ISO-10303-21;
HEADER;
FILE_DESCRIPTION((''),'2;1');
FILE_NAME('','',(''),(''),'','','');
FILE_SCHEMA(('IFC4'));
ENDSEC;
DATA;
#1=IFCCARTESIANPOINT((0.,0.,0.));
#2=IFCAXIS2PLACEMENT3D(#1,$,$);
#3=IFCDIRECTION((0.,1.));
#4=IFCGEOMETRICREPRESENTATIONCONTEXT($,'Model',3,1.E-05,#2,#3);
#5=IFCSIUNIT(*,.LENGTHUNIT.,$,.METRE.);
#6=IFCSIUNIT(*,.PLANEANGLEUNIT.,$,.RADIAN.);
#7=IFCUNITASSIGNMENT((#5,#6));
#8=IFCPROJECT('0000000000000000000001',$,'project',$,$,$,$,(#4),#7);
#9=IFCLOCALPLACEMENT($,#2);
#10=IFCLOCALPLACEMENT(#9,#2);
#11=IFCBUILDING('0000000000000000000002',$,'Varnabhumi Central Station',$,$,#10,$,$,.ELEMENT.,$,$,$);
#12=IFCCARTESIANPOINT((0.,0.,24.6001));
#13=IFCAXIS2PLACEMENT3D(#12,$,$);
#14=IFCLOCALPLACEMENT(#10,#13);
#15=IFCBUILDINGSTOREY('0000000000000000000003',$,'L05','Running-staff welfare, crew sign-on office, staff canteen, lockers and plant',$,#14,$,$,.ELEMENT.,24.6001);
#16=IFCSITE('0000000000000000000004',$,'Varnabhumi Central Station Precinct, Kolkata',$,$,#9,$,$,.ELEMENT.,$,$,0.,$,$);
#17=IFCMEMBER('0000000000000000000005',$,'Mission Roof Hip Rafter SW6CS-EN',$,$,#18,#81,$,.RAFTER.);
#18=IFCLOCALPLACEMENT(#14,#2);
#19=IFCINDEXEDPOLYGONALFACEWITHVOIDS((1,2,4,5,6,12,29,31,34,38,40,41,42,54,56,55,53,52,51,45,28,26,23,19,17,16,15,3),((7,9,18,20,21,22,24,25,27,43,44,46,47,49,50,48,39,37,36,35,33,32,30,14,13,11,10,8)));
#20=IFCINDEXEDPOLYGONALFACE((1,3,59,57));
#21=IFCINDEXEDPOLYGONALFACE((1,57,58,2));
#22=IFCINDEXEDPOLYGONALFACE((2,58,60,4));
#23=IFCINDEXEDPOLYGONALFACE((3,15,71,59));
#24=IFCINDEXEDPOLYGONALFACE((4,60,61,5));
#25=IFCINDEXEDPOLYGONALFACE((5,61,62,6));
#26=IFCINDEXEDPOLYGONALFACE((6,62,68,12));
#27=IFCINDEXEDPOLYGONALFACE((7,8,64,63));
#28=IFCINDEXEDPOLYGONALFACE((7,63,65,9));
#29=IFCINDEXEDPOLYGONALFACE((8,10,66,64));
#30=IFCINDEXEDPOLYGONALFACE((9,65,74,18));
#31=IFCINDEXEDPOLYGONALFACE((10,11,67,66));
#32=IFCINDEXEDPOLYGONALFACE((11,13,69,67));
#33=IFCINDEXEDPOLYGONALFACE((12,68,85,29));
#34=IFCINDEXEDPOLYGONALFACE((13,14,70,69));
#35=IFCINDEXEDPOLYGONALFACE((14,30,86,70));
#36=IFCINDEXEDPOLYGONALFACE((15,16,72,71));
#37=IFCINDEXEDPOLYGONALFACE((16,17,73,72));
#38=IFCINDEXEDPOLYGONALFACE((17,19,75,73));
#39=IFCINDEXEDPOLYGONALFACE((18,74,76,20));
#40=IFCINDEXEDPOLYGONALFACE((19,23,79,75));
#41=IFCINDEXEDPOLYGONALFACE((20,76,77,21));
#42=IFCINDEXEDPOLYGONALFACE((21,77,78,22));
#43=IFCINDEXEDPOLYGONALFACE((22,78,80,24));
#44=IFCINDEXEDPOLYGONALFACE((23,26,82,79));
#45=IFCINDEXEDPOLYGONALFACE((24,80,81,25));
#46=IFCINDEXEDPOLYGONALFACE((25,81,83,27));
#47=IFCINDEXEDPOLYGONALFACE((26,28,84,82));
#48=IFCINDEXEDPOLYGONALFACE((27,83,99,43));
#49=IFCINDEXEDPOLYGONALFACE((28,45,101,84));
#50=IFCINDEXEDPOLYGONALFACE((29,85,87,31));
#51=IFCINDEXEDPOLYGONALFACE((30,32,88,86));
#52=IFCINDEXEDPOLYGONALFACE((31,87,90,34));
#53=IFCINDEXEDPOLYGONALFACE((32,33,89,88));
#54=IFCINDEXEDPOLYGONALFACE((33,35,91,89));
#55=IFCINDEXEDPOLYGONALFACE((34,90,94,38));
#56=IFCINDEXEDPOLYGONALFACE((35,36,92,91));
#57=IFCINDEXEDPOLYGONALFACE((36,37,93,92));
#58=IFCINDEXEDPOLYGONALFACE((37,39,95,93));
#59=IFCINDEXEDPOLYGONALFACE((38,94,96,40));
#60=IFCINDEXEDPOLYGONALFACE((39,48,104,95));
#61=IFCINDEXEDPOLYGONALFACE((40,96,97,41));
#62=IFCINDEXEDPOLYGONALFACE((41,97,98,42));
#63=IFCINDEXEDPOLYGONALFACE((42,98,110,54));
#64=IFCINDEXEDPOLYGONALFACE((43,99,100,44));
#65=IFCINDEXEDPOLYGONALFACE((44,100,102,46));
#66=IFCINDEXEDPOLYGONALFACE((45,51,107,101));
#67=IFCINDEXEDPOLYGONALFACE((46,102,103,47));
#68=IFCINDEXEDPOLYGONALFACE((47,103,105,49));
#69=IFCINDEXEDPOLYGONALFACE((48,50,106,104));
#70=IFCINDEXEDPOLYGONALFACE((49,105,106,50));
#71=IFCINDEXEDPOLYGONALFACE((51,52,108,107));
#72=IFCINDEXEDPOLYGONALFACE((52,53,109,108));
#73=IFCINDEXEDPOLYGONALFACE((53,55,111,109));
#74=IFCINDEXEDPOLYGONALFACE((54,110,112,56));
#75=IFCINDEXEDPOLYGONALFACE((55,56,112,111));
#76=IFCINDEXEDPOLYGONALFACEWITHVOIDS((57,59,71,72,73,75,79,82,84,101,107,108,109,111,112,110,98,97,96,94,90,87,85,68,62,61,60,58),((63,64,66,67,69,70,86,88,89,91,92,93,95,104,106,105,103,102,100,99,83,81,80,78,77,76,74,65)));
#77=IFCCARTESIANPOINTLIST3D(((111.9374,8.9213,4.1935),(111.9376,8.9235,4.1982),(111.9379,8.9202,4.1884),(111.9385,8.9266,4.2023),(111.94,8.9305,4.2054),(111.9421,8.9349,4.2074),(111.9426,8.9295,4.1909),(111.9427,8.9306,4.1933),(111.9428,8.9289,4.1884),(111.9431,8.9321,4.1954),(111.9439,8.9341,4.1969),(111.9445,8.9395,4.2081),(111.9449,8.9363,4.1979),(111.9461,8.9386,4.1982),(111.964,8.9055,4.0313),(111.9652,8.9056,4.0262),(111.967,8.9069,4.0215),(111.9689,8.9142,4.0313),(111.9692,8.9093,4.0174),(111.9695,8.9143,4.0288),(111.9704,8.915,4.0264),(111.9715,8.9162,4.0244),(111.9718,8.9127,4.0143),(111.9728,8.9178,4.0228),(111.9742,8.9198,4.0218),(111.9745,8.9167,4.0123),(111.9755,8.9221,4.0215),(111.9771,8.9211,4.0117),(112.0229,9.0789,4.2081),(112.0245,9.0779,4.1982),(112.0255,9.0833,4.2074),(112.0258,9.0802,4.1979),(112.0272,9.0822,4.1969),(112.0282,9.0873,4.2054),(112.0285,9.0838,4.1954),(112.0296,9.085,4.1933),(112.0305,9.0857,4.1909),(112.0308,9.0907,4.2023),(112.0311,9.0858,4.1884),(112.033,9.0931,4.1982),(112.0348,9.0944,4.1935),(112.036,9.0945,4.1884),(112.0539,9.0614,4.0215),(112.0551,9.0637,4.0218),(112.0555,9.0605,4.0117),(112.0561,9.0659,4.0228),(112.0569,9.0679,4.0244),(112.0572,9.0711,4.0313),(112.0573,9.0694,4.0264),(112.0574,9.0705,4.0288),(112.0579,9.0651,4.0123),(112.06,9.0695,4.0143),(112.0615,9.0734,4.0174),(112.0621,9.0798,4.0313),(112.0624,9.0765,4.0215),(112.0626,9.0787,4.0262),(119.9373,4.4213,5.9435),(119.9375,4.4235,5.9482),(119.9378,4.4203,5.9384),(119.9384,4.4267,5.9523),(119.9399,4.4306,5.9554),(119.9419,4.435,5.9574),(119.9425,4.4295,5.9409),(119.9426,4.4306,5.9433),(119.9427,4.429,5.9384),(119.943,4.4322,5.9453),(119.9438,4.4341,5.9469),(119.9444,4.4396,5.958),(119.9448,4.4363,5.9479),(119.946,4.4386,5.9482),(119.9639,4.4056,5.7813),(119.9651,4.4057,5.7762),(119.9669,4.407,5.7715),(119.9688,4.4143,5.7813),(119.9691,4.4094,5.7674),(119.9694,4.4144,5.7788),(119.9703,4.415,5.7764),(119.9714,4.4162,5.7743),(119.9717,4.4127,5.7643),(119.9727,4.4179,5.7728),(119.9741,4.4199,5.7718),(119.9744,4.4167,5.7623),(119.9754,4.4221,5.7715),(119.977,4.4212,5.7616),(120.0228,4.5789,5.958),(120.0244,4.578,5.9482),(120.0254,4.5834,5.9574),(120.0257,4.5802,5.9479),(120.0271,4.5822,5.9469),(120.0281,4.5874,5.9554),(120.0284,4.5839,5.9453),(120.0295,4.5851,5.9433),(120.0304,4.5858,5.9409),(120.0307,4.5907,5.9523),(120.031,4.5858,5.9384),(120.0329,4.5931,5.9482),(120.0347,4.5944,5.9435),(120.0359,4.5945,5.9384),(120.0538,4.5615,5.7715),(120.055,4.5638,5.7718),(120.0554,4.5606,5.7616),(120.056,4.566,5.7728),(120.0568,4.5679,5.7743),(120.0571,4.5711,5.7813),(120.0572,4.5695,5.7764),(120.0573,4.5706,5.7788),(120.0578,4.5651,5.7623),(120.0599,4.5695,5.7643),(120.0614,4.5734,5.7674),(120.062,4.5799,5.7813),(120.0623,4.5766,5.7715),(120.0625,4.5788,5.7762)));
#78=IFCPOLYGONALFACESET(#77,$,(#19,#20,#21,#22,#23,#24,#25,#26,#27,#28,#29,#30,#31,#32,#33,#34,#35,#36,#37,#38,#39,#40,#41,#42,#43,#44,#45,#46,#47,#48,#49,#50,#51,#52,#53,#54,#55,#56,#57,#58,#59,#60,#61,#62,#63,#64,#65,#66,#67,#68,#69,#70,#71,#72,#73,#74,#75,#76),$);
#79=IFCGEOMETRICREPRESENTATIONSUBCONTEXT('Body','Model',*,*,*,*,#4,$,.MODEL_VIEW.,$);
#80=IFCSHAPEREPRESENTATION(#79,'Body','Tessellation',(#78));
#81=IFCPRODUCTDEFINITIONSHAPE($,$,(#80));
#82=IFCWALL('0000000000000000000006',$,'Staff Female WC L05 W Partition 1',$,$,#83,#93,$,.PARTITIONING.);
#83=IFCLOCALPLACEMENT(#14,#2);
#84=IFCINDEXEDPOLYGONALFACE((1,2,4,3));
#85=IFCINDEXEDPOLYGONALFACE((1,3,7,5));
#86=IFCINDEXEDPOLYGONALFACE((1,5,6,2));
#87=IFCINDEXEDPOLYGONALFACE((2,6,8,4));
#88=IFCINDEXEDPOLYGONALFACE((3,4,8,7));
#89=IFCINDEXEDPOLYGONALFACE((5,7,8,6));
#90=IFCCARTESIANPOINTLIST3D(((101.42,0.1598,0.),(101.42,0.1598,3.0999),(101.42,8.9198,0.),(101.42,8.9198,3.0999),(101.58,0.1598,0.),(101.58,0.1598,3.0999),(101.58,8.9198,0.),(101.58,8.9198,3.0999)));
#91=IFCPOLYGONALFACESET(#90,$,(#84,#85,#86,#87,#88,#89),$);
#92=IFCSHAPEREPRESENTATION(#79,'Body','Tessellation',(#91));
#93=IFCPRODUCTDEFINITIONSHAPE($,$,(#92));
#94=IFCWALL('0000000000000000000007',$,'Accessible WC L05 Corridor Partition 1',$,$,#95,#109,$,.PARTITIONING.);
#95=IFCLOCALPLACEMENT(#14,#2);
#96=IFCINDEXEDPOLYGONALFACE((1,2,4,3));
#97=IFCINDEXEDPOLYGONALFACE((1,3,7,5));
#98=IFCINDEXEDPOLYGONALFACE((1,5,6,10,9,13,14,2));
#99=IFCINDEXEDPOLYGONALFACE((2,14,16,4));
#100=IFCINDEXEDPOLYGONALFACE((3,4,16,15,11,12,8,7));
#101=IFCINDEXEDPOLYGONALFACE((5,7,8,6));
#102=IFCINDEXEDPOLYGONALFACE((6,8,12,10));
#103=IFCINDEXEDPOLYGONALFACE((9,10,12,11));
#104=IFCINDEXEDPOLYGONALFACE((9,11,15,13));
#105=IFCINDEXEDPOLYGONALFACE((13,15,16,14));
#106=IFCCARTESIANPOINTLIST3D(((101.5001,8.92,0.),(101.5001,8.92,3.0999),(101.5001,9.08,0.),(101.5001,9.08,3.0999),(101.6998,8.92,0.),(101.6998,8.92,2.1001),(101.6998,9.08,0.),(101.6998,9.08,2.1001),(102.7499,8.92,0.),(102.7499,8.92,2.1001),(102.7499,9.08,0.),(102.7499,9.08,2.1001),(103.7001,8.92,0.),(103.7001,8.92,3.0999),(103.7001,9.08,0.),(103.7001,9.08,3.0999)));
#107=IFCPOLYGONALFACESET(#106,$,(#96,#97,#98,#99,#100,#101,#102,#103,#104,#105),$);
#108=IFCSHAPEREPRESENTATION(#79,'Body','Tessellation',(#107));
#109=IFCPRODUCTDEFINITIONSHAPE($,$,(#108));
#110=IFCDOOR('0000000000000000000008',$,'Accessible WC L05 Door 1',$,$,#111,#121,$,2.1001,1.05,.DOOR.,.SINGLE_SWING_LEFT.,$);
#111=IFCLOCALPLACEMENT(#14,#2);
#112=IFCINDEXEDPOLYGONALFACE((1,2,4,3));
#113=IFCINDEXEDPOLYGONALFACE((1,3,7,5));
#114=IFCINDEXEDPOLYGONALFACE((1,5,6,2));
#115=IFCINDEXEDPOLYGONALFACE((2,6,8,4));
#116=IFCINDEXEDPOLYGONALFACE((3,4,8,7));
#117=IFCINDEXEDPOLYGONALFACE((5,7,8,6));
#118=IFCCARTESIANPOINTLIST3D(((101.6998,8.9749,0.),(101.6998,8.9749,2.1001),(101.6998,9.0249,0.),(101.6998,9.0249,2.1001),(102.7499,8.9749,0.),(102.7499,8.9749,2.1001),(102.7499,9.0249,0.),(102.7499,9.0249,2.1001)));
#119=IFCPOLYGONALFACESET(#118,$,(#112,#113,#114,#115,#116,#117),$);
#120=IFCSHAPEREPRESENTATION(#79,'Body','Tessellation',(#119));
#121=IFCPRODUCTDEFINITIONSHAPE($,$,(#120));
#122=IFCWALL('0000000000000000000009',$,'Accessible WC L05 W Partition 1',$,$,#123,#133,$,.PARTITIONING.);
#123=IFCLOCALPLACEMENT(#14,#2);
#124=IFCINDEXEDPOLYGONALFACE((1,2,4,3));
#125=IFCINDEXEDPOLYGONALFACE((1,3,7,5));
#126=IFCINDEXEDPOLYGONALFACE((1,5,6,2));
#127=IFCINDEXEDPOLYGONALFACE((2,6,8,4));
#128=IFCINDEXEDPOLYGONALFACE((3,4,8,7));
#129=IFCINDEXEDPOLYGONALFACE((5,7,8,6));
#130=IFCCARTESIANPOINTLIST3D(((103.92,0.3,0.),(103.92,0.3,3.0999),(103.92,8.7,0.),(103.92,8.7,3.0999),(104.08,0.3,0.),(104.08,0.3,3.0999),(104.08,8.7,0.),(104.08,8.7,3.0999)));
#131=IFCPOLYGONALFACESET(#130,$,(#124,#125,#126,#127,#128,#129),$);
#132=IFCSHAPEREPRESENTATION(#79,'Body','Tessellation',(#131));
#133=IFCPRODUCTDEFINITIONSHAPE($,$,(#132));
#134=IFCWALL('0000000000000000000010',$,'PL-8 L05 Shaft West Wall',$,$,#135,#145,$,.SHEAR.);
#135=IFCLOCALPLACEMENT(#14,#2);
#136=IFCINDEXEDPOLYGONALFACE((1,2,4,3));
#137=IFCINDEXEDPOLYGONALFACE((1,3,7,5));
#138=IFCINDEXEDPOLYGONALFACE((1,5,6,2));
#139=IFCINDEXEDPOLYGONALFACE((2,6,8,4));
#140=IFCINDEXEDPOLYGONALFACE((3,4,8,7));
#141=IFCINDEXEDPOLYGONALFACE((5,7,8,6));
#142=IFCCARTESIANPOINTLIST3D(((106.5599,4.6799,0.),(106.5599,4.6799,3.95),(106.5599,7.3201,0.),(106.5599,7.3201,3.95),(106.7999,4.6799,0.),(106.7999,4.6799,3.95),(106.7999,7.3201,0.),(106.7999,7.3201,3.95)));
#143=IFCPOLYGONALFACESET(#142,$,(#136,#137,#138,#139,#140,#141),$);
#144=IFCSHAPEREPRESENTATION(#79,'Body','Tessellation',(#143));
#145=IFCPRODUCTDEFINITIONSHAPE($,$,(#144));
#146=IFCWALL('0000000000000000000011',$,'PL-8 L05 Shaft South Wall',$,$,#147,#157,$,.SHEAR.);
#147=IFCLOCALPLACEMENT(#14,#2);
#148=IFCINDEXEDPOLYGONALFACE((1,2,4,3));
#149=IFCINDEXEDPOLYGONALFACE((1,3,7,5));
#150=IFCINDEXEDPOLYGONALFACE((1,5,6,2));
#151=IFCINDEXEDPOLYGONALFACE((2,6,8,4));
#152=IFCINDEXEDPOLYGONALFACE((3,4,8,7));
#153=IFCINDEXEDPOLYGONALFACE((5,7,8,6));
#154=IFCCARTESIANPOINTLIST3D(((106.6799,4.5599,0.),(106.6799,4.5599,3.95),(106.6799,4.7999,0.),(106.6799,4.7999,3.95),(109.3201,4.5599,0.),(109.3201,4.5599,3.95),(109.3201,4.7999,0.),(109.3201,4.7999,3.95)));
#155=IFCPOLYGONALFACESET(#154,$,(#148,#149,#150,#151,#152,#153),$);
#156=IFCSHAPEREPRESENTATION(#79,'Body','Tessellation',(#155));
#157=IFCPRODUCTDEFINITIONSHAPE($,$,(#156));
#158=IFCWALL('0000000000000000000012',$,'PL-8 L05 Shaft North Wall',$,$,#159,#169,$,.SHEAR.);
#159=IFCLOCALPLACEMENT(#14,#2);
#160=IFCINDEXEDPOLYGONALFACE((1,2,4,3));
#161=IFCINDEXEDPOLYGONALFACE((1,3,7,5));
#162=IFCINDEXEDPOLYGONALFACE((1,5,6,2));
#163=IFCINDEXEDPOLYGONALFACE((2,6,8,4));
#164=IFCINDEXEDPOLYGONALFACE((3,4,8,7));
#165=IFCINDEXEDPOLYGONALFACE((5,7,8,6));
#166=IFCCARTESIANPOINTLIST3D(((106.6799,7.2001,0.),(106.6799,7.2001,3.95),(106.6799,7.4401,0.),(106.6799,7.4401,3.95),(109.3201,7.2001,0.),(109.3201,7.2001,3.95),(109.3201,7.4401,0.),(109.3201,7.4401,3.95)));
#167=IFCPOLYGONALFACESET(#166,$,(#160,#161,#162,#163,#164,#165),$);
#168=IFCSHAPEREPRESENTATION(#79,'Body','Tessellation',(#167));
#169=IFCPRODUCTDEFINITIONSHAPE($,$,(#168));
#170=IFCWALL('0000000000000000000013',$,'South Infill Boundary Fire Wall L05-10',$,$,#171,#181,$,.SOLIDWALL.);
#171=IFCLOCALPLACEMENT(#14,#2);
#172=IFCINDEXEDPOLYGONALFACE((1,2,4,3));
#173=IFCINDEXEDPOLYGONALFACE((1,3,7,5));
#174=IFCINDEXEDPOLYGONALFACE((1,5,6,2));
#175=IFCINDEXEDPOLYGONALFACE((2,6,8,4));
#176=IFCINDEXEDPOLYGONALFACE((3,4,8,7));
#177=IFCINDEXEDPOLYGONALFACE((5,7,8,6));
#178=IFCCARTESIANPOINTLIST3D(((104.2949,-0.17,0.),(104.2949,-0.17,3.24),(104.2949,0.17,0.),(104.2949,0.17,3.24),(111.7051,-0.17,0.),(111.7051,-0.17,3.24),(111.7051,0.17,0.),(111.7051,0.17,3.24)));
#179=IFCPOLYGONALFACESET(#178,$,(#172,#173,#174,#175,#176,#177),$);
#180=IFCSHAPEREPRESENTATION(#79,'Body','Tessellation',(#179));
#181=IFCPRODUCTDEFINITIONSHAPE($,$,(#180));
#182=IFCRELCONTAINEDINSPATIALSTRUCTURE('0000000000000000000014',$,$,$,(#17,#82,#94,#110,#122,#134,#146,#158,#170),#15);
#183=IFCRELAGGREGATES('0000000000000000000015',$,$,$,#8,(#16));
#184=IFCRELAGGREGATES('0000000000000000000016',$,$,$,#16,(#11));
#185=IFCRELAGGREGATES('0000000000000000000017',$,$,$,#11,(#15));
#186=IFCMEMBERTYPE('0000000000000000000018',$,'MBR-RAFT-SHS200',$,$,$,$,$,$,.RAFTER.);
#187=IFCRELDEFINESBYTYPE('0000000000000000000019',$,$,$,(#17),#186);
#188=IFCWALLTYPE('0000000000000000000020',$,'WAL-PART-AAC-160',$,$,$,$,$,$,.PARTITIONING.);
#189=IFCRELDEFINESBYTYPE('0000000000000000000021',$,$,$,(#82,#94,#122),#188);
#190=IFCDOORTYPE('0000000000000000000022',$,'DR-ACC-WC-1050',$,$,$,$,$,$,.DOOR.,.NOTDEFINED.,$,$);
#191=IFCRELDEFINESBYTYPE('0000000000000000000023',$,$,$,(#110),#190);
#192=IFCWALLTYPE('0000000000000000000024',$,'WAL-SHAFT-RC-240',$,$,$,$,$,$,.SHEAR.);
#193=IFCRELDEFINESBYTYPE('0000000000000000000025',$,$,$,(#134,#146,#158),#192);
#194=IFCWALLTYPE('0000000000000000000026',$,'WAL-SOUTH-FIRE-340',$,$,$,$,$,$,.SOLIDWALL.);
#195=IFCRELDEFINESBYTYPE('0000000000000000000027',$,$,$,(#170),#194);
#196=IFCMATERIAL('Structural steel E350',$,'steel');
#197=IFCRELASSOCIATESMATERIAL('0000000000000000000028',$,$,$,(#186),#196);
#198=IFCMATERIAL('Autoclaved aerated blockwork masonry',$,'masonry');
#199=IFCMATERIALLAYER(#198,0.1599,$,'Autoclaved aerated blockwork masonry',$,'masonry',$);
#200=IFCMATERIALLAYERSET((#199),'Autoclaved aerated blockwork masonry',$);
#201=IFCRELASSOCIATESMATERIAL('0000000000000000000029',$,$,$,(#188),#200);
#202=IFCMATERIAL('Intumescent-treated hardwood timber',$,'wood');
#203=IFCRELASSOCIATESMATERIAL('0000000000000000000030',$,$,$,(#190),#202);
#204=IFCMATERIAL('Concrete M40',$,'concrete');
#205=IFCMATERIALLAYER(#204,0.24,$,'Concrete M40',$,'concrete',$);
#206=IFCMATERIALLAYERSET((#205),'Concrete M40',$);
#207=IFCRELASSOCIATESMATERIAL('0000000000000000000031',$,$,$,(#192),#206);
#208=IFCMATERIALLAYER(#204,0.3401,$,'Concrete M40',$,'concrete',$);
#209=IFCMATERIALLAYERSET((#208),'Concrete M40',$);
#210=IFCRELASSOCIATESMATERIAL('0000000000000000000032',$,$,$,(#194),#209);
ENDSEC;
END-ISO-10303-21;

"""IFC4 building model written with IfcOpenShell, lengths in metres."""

from ifc_helpers import new_model, si_unit, direction, frame, frame_2d, origin, origin_2d, place, context, subcontext, project, spatial, rectangle, hollow_rectangle, extrude, material, layer, layer_set, material_profile, profile_set, type_object, element, fill, save


model = new_model("IFC4")

# Units and contexts
model_context = context("Model", 3, precision=1e-05, world=origin(), true_north=direction((0.0, 1.0)))
body_context = subcontext(model_context, "Body", "Model", "MODEL_VIEW")
ifc_project = project(units=[si_unit("LENGTHUNIT", "METRE"), si_unit("PLANEANGLEUNIT", "RADIAN")], contexts=[model_context])

# Site, building, storey
site_placement = place(None, origin())
site = spatial("IfcSite", under=ifc_project, at=site_placement, Name="Varnabhumi Central Station Precinct, Kolkata", CompositionType="ELEMENT", RefElevation=0.0)
building_placement = place(site_placement, origin())
building = spatial("IfcBuilding", under=site, at=building_placement, Name="Varnabhumi Central Station", CompositionType="ELEMENT")
storey_placement = place(building_placement, frame((0.0, 0.0, 24.6001)))
storey = spatial("IfcBuildingStorey", under=building, at=storey_placement, Name="L05", Description="Running-staff welfare, crew sign-on office, staff canteen, lockers and plant", CompositionType="ELEMENT", Elevation=24.6001)

# Shared definitions
ifc_material_1 = material(Name="Concrete M40", Category="concrete")

# Shared definitions
ifc_material_2 = material(Name="Structural steel E350", Category="steel")

# Member
ifc_material_profile_1 = material_profile(ifc_material_2, hollow_rectangle(XDim=0.2, YDim=0.2, WallThickness=0.01, InnerFilletRadius=0.01, OuterFilletRadius=0.02, at=origin_2d()), Name="Structural steel E350", Category="steel")
ifc_profile_set_1 = profile_set([ifc_material_profile_1], Name="Structural steel E350")
member_type_1 = type_object("IfcMemberType", Name="MBR-RAFT-SHS200", PredefinedType="RAFTER", material=ifc_profile_set_1)
for number, where, z_axis, x_axis, name in (
    (1, (112.0, 9.0, 4.1099), (0.856154, -0.481586, 0.187284), (0.490261, 0.871576, 0.0), "Mission Roof Hip Rafter SW6CS-EN"),
):
    element("IfcMember", number, at=place(storey_placement, frame(where, z_axis=z_axis, x_axis=x_axis)), inside=storey, type_object=member_type_1, Name=name, PredefinedType="RAFTER", context=body_context, shape_type="SweptSolid", body=[
        extrude(hollow_rectangle(XDim=0.2, YDim=0.2, WallThickness=0.01, InnerFilletRadius=0.01, OuterFilletRadius=0.02, at=origin_2d()), origin(), (0.0, 0.0, 1.0), 9.344),
    ])

# Wall
ifc_material_3 = material(Name="Autoclaved aerated blockwork masonry", Category="masonry")
ifc_layer_1 = layer(ifc_material_3, 0.1599, Name="Autoclaved aerated blockwork masonry", Category="masonry")
ifc_layer_set_1 = layer_set([ifc_layer_1], Name="Autoclaved aerated blockwork masonry")
wall_type_1 = type_object("IfcWallType", Name="WAL-PART-AAC-160", PredefinedType="PARTITIONING", material=ifc_layer_set_1)
wall_1_placement = place(storey_placement, frame((101.5, 0.1599, 0.0), z_axis=(0.0, 0.0, 1.0), x_axis=(0.0, 1.0, 0.0)))
element("IfcWall", 2, at=wall_1_placement, inside=storey, type_object=wall_type_1, Name="Staff Female WC L05 W Partition 1", PredefinedType="PARTITIONING", context=body_context, shape_type="SweptSolid", body=[
    extrude(rectangle(XDim=8.76, YDim=0.1599, at=frame_2d((4.3799, 0.0))), origin(), (0.0, 0.0, 1.0), 3.0999),
])

# Wall, opening, door
wall_2_placement = place(storey_placement, frame((101.5, 9.0, 0.0), z_axis=(0.0, 0.0, 1.0), x_axis=(1.0, 0.0, 0.0)))
wall_2 = element("IfcWall", 3, at=wall_2_placement, inside=storey, type_object=wall_type_1, Name="Accessible WC L05 Corridor Partition 1", PredefinedType="PARTITIONING", context=body_context, shape_type="SweptSolid", body=[
    extrude(rectangle(XDim=2.2, YDim=0.1599, at=frame_2d((1.1001, 0.0))), origin(), (0.0, 0.0, 1.0), 3.0999),
])
opening_1_placement = place(wall_2_placement, frame((0.2, 0.0, 0.0)))
opening_1 = element("IfcOpeningElement", 4, at=opening_1_placement, cuts=wall_2, PredefinedType="OPENING", context=body_context, shape_type="SweptSolid", body=[
    extrude(rectangle(XDim=1.05, YDim=2.1001, at=frame_2d((0.5249, 1.05))), frame((0.0, 0.0898, 0.0), z_axis=(0.0, -1.0, 0.0), x_axis=(1.0, 0.0, 0.0)), (0.0, 0.0, 1.0), 0.1799),
])
ifc_material_4 = material(Name="Intumescent-treated hardwood timber", Category="wood")
door_type_1 = type_object("IfcDoorType", Name="DR-ACC-WC-1050", OperationType="NOTDEFINED", PredefinedType="DOOR", material=ifc_material_4)
door_1_placement = place(opening_1_placement, origin())
door_1 = element("IfcDoor", 5, at=door_1_placement, inside=storey, type_object=door_type_1, Name="Accessible WC L05 Door 1", OperationType="SINGLE_SWING_LEFT", OverallHeight=2.1001, OverallWidth=1.05, PredefinedType="DOOR", context=body_context, shape_type="SweptSolid", body=[
    extrude(rectangle(XDim=1.05, YDim=2.1001, at=frame_2d((0.5249, 1.05))), frame((0.0, 0.0249, 0.0), z_axis=(0.0, -1.0, 0.0), x_axis=(1.0, 0.0, 0.0)), (0.0, 0.0, 1.0), 0.05),
])
fill(opening_1, door_1)

# Walls
wall_3_placement = place(storey_placement, frame((104.0, 0.3, 0.0), z_axis=(0.0, 0.0, 1.0), x_axis=(0.0, 1.0, 0.0)))
element("IfcWall", 6, at=wall_3_placement, inside=storey, type_object=wall_type_1, Name="Accessible WC L05 W Partition 1", PredefinedType="PARTITIONING", context=body_context, shape_type="SweptSolid", body=[
    extrude(rectangle(XDim=8.3999, YDim=0.1599, at=frame_2d((4.2, 0.0))), origin(), (0.0, 0.0, 1.0), 3.0999),
])
ifc_layer_2 = layer(ifc_material_1, 0.24, Name="Concrete M40", Category="concrete")
ifc_layer_set_2 = layer_set([ifc_layer_2], Name="Concrete M40")
wall_type_2 = type_object("IfcWallType", Name="WAL-SHAFT-RC-240", PredefinedType="SHEAR", material=ifc_layer_set_2)
for number, where, z_axis, x_axis, name in (
    (7, (106.6799, 4.6799, 0.0), (0.0, 0.0, 1.0), (0.0, 1.0, 0.0), "PL-8 L05 Shaft West Wall"),
    (8, (106.6799, 4.6799, 0.0), (0.0, 0.0, 1.0), (1.0, 0.0, 0.0), "PL-8 L05 Shaft South Wall"),
    (9, (106.6799, 7.3201, 0.0), (0.0, 0.0, 1.0), (1.0, 0.0, 0.0), "PL-8 L05 Shaft North Wall"),
):
    element("IfcWall", number, at=place(storey_placement, frame(where, z_axis=z_axis, x_axis=x_axis)), inside=storey, type_object=wall_type_2, Name=name, PredefinedType="SHEAR", context=body_context, shape_type="SweptSolid", body=[
        extrude(rectangle(XDim=2.6401, YDim=0.24, at=frame_2d((1.3201, 0.0))), origin(), (0.0, 0.0, 1.0), 3.95),
    ])

# Wall
ifc_layer_3 = layer(ifc_material_1, 0.3401, Name="Concrete M40", Category="concrete")
ifc_layer_set_3 = layer_set([ifc_layer_3], Name="Concrete M40")
wall_type_3 = type_object("IfcWallType", Name="WAL-SOUTH-FIRE-340", PredefinedType="SOLIDWALL", material=ifc_layer_set_3)
wall_4_placement = place(storey_placement, frame((104.2949, 0.0, 0.0), z_axis=(0.0, 0.0, 1.0), x_axis=(1.0, 0.0, 0.0)))
element("IfcWall", 10, at=wall_4_placement, inside=storey, type_object=wall_type_3, Name="South Infill Boundary Fire Wall L05-10", PredefinedType="SOLIDWALL", context=body_context, shape_type="SweptSolid", body=[
    extrude(rectangle(XDim=7.4102, YDim=0.3401, at=frame_2d((3.7051, 0.0))), origin(), (0.0, 0.0, 1.0), 3.24),
])

save(model, "model.ifc")
